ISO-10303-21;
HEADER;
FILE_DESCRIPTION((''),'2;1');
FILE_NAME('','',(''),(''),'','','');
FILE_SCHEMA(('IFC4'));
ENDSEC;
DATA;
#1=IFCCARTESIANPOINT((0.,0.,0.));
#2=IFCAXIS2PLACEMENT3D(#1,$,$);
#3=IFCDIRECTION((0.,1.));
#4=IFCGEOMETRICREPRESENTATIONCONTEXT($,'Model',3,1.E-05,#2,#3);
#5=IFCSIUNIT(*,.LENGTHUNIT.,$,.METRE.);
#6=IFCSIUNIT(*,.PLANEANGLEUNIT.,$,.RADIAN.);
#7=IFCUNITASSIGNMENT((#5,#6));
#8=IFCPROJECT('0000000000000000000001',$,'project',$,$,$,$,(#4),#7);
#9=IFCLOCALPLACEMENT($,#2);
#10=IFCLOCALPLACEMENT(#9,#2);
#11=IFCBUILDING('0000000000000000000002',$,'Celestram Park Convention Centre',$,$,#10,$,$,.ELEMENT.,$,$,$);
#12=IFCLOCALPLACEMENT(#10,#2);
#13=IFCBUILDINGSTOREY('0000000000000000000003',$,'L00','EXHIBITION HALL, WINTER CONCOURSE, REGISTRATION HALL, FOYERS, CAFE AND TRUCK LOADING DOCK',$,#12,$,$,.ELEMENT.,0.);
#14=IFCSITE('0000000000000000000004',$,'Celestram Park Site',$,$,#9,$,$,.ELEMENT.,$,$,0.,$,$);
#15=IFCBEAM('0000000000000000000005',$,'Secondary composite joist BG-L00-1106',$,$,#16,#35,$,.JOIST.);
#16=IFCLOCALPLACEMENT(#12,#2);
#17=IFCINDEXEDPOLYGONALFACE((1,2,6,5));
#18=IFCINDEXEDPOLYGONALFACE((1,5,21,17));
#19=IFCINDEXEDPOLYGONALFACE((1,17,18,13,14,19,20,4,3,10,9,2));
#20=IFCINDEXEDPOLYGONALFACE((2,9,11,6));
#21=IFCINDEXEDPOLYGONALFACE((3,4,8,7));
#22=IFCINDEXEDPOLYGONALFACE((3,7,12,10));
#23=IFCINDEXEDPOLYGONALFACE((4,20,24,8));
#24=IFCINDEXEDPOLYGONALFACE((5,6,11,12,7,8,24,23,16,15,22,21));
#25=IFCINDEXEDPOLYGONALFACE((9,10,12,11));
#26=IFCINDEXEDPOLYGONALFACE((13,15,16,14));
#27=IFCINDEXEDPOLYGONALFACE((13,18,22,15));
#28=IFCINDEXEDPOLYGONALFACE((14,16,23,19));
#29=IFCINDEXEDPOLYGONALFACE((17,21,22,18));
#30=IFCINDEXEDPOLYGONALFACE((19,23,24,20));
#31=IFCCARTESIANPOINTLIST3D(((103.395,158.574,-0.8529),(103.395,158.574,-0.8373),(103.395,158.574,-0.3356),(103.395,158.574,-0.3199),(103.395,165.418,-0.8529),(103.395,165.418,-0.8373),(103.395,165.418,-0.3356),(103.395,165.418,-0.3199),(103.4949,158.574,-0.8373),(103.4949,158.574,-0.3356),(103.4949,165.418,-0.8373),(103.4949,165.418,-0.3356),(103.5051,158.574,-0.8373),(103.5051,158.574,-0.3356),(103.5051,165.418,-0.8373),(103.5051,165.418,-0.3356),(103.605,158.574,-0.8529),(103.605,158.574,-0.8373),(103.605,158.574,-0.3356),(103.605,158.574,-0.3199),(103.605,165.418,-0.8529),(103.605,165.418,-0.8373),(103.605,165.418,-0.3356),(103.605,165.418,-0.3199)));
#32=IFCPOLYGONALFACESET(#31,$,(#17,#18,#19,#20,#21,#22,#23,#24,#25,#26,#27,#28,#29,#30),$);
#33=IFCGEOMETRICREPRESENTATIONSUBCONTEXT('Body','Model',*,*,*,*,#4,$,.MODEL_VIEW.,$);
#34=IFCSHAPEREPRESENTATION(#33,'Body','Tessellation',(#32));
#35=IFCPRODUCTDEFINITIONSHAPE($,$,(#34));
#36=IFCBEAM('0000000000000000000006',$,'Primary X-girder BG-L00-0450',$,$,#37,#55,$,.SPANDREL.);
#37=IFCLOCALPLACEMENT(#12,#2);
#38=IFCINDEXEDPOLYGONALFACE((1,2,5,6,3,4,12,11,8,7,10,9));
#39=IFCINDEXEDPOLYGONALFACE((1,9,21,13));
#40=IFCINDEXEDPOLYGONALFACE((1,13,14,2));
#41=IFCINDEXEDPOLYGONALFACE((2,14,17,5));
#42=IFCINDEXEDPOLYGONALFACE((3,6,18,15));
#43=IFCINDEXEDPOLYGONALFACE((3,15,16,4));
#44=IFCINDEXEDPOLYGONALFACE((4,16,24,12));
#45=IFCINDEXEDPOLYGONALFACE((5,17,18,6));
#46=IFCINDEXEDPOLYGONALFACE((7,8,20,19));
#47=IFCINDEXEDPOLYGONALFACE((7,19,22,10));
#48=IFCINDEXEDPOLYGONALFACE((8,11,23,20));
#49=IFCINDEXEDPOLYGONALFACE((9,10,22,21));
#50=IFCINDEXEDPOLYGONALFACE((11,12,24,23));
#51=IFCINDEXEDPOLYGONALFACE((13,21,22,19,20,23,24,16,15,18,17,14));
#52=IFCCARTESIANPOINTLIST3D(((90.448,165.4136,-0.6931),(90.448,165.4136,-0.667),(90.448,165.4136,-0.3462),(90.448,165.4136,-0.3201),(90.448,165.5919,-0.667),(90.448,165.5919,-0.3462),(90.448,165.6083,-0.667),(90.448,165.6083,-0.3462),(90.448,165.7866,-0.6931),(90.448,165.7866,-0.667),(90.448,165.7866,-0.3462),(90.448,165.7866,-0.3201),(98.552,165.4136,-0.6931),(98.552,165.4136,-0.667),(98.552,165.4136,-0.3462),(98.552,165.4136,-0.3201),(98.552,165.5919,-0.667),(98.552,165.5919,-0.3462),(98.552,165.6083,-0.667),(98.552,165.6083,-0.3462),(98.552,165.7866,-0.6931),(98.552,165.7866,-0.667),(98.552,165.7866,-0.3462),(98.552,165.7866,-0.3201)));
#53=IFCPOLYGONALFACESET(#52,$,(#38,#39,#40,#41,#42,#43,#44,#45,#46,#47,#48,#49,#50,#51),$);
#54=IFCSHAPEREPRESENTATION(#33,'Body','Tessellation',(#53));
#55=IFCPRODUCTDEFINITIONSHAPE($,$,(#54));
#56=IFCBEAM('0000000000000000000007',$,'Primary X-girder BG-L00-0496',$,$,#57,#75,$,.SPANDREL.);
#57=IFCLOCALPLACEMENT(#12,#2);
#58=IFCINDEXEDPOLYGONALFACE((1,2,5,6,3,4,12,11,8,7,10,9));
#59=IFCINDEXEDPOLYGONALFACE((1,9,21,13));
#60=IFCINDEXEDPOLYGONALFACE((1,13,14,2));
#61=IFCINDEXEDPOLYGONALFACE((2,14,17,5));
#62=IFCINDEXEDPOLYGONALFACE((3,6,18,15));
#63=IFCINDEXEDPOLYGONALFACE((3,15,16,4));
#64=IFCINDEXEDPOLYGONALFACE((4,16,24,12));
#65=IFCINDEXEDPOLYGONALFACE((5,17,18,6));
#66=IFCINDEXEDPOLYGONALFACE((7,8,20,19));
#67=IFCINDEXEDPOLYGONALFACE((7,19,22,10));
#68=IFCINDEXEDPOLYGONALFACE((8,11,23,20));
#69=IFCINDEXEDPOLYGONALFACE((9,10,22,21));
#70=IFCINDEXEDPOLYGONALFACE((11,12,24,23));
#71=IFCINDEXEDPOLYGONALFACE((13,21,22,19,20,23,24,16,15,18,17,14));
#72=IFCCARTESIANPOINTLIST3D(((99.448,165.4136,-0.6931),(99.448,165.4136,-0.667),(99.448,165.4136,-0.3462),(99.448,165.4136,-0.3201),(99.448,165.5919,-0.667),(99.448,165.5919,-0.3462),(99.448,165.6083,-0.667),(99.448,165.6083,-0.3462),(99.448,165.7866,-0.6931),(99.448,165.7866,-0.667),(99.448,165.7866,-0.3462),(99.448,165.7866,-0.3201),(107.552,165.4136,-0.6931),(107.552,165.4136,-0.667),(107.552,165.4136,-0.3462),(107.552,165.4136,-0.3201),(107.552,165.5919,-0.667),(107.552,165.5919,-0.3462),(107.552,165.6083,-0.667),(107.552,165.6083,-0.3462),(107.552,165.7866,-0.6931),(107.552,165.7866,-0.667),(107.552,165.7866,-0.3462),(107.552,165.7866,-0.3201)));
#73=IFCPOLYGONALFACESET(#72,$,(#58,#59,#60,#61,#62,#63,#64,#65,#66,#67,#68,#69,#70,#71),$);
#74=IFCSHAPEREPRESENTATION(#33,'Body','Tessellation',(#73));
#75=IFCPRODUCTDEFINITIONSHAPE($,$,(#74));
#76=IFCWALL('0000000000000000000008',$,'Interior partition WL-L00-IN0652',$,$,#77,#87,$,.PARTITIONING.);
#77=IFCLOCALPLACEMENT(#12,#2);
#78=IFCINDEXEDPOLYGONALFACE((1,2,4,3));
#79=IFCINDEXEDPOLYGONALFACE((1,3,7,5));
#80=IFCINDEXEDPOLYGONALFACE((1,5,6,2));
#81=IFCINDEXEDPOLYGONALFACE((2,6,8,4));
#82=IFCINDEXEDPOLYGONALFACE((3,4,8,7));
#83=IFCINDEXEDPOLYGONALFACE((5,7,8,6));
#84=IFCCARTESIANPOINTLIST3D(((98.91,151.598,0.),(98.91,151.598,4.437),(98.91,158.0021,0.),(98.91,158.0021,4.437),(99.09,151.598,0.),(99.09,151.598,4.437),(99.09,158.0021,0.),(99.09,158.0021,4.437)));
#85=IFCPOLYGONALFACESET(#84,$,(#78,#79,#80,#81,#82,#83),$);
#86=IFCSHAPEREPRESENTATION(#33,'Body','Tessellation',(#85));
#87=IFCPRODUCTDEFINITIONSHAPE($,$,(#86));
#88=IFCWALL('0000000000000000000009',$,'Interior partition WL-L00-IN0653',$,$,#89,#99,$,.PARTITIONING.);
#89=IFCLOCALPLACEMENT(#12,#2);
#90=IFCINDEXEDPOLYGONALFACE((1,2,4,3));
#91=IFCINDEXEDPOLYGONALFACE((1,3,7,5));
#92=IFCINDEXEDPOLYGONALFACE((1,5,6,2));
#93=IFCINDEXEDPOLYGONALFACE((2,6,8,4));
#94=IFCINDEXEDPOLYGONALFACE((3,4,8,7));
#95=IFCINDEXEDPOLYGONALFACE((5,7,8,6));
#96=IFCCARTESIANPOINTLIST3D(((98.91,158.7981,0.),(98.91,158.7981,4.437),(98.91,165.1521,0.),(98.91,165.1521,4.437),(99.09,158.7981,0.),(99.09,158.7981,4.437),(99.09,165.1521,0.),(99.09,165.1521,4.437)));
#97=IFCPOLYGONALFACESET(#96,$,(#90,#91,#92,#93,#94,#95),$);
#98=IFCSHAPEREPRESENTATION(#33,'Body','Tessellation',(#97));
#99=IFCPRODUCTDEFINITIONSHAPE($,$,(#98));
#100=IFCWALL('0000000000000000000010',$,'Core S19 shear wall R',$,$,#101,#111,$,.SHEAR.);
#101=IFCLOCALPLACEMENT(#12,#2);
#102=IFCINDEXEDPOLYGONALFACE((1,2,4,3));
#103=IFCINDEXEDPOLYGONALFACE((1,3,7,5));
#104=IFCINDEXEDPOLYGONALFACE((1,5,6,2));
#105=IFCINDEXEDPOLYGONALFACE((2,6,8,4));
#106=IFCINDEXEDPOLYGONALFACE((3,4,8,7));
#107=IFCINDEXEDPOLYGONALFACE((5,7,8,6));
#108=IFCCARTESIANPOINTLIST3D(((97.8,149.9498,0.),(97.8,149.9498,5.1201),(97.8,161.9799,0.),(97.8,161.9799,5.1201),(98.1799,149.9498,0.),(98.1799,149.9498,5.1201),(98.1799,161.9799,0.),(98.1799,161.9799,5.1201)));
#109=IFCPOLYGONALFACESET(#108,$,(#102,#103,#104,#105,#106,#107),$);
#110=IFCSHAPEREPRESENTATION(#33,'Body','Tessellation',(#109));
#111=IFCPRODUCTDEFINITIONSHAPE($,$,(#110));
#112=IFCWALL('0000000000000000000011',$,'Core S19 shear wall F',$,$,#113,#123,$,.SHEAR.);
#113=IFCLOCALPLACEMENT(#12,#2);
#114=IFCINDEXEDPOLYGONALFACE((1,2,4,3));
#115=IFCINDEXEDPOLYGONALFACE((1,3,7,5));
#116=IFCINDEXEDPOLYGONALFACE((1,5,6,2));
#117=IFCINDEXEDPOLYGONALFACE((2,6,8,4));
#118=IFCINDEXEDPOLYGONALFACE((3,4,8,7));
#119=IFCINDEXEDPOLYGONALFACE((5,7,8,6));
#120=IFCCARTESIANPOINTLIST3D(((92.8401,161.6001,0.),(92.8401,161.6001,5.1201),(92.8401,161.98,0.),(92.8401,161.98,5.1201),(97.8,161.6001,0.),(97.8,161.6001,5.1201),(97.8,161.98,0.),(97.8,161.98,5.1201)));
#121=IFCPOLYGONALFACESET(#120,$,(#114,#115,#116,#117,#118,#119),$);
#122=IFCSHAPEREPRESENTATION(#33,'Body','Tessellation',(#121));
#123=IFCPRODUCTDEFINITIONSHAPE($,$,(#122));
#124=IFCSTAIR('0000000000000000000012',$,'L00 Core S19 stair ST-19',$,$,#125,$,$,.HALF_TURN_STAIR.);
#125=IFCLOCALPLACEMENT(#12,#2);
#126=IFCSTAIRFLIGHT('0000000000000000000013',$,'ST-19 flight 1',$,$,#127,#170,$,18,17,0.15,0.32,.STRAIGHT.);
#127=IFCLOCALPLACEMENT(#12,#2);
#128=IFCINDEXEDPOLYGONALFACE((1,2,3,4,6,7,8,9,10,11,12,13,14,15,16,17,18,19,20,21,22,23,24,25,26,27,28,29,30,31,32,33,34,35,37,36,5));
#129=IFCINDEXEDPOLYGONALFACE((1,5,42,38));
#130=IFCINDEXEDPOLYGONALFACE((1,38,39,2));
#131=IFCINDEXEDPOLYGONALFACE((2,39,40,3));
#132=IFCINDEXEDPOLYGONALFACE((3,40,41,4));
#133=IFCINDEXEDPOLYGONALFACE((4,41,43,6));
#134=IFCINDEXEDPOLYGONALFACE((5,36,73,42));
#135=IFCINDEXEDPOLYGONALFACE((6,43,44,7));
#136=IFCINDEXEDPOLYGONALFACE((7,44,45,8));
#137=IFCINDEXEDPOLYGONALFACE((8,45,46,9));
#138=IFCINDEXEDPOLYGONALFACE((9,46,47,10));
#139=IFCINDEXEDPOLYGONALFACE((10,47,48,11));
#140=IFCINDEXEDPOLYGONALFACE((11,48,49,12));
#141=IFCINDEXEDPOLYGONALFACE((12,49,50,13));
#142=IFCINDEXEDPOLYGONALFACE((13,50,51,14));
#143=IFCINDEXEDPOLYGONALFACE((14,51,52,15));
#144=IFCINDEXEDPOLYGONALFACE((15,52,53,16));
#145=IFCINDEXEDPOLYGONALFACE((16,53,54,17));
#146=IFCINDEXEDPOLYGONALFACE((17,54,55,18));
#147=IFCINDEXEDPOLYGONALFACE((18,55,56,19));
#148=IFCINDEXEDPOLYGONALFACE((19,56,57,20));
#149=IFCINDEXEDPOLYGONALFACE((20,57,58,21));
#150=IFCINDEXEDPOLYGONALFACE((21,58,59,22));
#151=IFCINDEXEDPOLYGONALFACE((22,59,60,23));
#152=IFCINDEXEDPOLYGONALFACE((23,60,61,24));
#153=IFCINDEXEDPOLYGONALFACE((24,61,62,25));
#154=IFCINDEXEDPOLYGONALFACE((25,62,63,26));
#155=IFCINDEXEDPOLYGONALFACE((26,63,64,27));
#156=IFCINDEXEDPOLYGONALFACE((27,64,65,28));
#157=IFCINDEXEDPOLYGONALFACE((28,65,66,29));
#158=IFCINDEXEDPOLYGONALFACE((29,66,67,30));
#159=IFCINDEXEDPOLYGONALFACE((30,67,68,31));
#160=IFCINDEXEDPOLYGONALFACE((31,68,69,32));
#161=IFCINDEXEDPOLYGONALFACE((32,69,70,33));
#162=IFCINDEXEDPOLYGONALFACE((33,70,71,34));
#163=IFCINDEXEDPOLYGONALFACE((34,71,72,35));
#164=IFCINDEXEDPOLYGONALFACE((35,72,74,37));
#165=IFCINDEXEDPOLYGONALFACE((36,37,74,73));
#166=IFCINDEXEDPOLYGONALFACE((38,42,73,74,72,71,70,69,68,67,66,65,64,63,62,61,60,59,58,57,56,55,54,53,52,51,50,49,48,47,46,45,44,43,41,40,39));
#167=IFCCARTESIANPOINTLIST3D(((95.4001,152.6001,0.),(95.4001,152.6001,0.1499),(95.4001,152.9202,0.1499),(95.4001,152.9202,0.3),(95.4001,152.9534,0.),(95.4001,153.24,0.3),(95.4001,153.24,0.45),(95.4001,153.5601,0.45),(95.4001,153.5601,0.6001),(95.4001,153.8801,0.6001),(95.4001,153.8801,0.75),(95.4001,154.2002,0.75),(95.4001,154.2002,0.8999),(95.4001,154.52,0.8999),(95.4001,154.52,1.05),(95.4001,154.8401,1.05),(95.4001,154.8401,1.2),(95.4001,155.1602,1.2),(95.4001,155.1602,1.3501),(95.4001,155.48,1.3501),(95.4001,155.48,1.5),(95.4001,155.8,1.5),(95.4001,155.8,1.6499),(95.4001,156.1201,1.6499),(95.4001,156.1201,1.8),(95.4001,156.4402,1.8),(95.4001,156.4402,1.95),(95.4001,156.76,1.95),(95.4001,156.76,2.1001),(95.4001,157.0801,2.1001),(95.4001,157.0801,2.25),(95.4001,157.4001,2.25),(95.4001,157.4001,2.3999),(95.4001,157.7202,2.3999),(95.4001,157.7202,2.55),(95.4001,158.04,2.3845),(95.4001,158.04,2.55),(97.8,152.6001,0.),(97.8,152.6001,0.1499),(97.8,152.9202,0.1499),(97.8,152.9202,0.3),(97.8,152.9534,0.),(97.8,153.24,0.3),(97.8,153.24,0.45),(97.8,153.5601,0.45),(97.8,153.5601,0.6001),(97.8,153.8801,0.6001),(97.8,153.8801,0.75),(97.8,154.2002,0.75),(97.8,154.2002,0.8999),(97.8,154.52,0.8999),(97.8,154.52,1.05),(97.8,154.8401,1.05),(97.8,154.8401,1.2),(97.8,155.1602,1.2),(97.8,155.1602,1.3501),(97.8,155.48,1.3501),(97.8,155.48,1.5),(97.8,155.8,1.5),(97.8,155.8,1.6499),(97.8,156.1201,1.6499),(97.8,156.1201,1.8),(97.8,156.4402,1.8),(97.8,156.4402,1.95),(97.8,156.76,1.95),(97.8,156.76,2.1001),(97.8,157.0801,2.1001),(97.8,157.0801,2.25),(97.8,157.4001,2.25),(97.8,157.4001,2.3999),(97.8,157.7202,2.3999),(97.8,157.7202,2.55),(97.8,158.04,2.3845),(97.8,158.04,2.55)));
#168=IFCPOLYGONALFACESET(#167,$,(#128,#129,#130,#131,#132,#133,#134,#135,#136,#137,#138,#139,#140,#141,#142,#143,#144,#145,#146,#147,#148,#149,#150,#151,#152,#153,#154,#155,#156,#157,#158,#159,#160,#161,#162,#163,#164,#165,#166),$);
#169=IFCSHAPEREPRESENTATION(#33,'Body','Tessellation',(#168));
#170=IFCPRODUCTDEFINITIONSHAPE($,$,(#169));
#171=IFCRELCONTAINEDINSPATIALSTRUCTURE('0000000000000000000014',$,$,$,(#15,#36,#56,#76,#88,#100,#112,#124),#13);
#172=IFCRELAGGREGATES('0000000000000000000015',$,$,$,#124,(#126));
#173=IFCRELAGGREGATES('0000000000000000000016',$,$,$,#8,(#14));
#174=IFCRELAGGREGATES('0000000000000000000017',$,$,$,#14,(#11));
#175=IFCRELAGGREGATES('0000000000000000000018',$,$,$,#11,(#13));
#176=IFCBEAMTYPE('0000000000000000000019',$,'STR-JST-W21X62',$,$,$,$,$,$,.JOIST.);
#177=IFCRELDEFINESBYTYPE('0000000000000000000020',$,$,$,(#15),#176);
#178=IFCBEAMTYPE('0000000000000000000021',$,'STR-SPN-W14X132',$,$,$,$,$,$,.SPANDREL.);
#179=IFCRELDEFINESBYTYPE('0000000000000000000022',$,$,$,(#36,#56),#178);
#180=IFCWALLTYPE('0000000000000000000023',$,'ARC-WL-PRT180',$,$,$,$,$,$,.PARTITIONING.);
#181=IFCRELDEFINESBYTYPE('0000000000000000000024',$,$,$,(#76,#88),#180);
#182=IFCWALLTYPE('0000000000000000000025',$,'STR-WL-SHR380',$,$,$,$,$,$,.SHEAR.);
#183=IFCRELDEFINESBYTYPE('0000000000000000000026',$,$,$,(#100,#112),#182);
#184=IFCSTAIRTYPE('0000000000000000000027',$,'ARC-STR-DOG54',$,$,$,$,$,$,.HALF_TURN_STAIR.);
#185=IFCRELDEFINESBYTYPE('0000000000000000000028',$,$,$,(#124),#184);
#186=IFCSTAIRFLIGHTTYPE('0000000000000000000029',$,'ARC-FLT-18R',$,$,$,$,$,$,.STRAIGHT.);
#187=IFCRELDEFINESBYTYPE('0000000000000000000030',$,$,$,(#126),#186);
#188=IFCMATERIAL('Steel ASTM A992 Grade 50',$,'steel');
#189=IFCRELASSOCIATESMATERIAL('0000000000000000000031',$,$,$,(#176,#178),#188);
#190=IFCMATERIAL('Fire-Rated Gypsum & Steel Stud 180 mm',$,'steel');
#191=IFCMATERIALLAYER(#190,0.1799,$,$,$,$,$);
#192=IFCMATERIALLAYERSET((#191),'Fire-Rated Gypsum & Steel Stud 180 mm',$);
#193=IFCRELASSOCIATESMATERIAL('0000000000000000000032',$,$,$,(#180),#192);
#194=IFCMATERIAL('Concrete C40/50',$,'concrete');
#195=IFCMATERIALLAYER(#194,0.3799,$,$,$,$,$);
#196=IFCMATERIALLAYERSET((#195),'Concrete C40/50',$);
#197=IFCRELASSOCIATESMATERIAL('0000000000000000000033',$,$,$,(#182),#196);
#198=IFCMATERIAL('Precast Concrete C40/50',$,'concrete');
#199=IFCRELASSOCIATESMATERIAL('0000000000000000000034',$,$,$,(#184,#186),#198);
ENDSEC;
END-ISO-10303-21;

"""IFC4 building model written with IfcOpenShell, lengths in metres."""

from ifc_helpers import new_model, si_unit, direction, frame, frame_2d, origin, origin_2d, place, context, subcontext, project, spatial, polyline, rectangle, i_section, outline, extrude, material, layer, layer_set, material_profile, profile_set, type_object, element, aggregate, save


model = new_model("IFC4")

# Units and contexts
model_context = context("Model", 3, precision=1e-05, world=origin(), true_north=direction((0.0, 1.0)))
body_context = subcontext(model_context, "Body", "Model", "MODEL_VIEW")
ifc_project = project(units=[si_unit("LENGTHUNIT", "METRE"), si_unit("PLANEANGLEUNIT", "RADIAN")], contexts=[model_context])

# Site, building, storey
site_placement = place(None, origin())
site = spatial("IfcSite", under=ifc_project, at=site_placement, Name="Celestram Park Site", CompositionType="ELEMENT", RefElevation=0.0)
building_placement = place(site_placement, origin())
building = spatial("IfcBuilding", under=site, at=building_placement, Name="Celestram Park Convention Centre", CompositionType="ELEMENT")
storey_placement = place(building_placement, origin())
storey = spatial("IfcBuildingStorey", under=building, at=storey_placement, Name="L00", Description="EXHIBITION HALL, WINTER CONCOURSE, REGISTRATION HALL, FOYERS, CAFE AND TRUCK LOADING DOCK", CompositionType="ELEMENT", Elevation=0.0)

# Shared definitions
ifc_material_1 = material(Name="Concrete C40/50", Category="concrete")

# Beams
ifc_material_2 = material(Name="Steel ASTM A992 Grade 50", Category="steel")
ifc_material_profile_1 = material_profile(ifc_material_2, i_section(OverallWidth=0.21, OverallDepth=0.533, WebThickness=0.0103, FlangeThickness=0.0156, at=origin_2d()), Name="W21X62")
ifc_profile_set_1 = profile_set([ifc_material_profile_1], Name="Steel ASTM A992 Grade 50")
beam_type_1 = type_object("IfcBeamType", Name="STR-JST-W21X62", PredefinedType="JOIST", material=ifc_profile_set_1)
beam_1_placement = place(storey_placement, frame((103.5, 158.574, -0.5864), z_axis=(0.0, 1.0, 0.0), x_axis=(-1.0, 0.0, 0.0)))
element("IfcBeam", 1, at=beam_1_placement, inside=storey, type_object=beam_type_1, Name="Secondary composite joist BG-L00-1106", PredefinedType="JOIST", context=body_context, shape_type="SweptSolid", body=[
    extrude(i_section(OverallWidth=0.21, OverallDepth=0.533, WebThickness=0.0103, FlangeThickness=0.0156, at=origin_2d()), origin(), (0.0, 0.0, 1.0), 6.844),
])
ifc_material_profile_2 = material_profile(ifc_material_2, i_section(OverallWidth=0.373, OverallDepth=0.373, WebThickness=0.0164, FlangeThickness=0.0261, at=origin_2d()), Name="W14X132")
ifc_profile_set_2 = profile_set([ifc_material_profile_2], Name="Steel ASTM A992 Grade 50")
beam_type_2 = type_object("IfcBeamType", Name="STR-SPN-W14X132", PredefinedType="SPANDREL", material=ifc_profile_set_2)
for number, where, z_axis, x_axis, name in (
    (2, (90.448, 165.6001, -0.5066), (1.0, 0.0, 0.0), (0.0, 1.0, 0.0), "Primary X-girder BG-L00-0450"),
    (3, (99.448, 165.6001, -0.5066), (1.0, 0.0, 0.0), (0.0, 1.0, 0.0), "Primary X-girder BG-L00-0496"),
):
    element("IfcBeam", number, at=place(storey_placement, frame(where, z_axis=z_axis, x_axis=x_axis)), inside=storey, type_object=beam_type_2, Name=name, PredefinedType="SPANDREL", context=body_context, shape_type="SweptSolid", body=[
        extrude(i_section(OverallWidth=0.373, OverallDepth=0.373, WebThickness=0.0164, FlangeThickness=0.0261, at=origin_2d()), origin(), (0.0, 0.0, 1.0), 8.104),
    ])

# Shared definitions
ifc_material_3 = material(Name="Precast Concrete C40/50", Category="concrete")

# Walls
ifc_material_4 = material(Name="Fire-Rated Gypsum & Steel Stud 180 mm", Category="steel")
ifc_layer_1 = layer(ifc_material_4, 0.1799)
ifc_layer_set_1 = layer_set([ifc_layer_1], Name="Fire-Rated Gypsum & Steel Stud 180 mm")
wall_type_1 = type_object("IfcWallType", Name="ARC-WL-PRT180", PredefinedType="PARTITIONING", material=ifc_layer_set_1)
wall_1_placement = place(storey_placement, frame((99.0, 151.5979, 0.0), z_axis=(0.0, 0.0, 1.0), x_axis=(0.0, 1.0, 0.0)))
element("IfcWall", 4, at=wall_1_placement, inside=storey, type_object=wall_type_1, Name="Interior partition WL-L00-IN0652", PredefinedType="PARTITIONING", context=body_context, shape_type="SweptSolid", body=[
    extrude(rectangle(XDim=6.4041, YDim=0.1799, at=frame_2d((3.2021, 0.0))), origin(), (0.0, 0.0, 1.0), 4.437),
])
wall_2_placement = place(storey_placement, frame((99.0, 158.7981, 0.0), z_axis=(0.0, 0.0, 1.0), x_axis=(0.0, 1.0, 0.0)))
element("IfcWall", 5, at=wall_2_placement, inside=storey, type_object=wall_type_1, Name="Interior partition WL-L00-IN0653", PredefinedType="PARTITIONING", context=body_context, shape_type="SweptSolid", body=[
    extrude(rectangle(XDim=6.354, YDim=0.1799, at=frame_2d((3.177, 0.0))), origin(), (0.0, 0.0, 1.0), 4.437),
])
ifc_layer_2 = layer(ifc_material_1, 0.3799)
ifc_layer_set_2 = layer_set([ifc_layer_2], Name="Concrete C40/50")
wall_type_2 = type_object("IfcWallType", Name="STR-WL-SHR380", PredefinedType="SHEAR", material=ifc_layer_set_2)
wall_3_placement = place(storey_placement, frame((97.99, 161.98, 0.0), z_axis=(0.0, 0.0, 1.0), x_axis=(0.0, -1.0, 0.0)))
element("IfcWall", 6, at=wall_3_placement, inside=storey, type_object=wall_type_2, Name="Core S19 shear wall R", PredefinedType="SHEAR", context=body_context, shape_type="SweptSolid", body=[
    extrude(rectangle(XDim=12.03, YDim=0.3799, at=frame_2d((6.0151, 0.0))), origin(), (0.0, 0.0, 1.0), 5.1201),
])
wall_4_placement = place(storey_placement, frame((92.8401, 161.79, 0.0), z_axis=(0.0, 0.0, 1.0), x_axis=(1.0, 0.0, 0.0)))
element("IfcWall", 7, at=wall_4_placement, inside=storey, type_object=wall_type_2, Name="Core S19 shear wall F", PredefinedType="SHEAR", context=body_context, shape_type="SweptSolid", body=[
    extrude(rectangle(XDim=4.96, YDim=0.3799, at=frame_2d((2.48, 0.0))), origin(), (0.0, 0.0, 1.0), 5.1201),
])

# Stair, stair flight
stair_type = type_object("IfcStairType", Name="ARC-STR-DOG54", PredefinedType="HALF_TURN_STAIR", material=ifc_material_3)
stair_placement = place(storey_placement, origin())
stair = element("IfcStair", 8, at=stair_placement, inside=storey, type_object=stair_type, Name="L00 Core S19 stair ST-19", PredefinedType="HALF_TURN_STAIR")
stair_flight_type = type_object("IfcStairFlightType", Name="ARC-FLT-18R", PredefinedType="STRAIGHT", material=ifc_material_3)
stair_flight_1_placement = place(storey_placement, frame((96.6001, 152.6001, 0.0), z_axis=(0.0, 0.0, 1.0), x_axis=(0.0, 1.0, 0.0)))
stair_flight_1 = element("IfcStairFlight", 9, at=stair_flight_1_placement, type_object=stair_flight_type, Name="ST-19 flight 1", NumberOfRisers=18, NumberOfTreads=17, PredefinedType="STRAIGHT", RiserHeight=0.15, TreadLength=0.32, context=body_context, shape_type="SweptSolid", body=[
    extrude(outline(polyline([(0.0, 0.0), (0.0, 0.1499), (0.3201, 0.1499), (0.3201, 0.3), (0.6399, 0.3), (0.6399, 0.45), (0.96, 0.45), (0.96, 0.6001), (1.28, 0.6001), (1.28, 0.75), (1.6001, 0.75), (1.6001, 0.8999), (1.9199, 0.8999), (1.9199, 1.05), (2.24, 1.05), (2.24, 1.2), (2.5601, 1.2), (2.5601, 1.3501), (2.8799, 1.3501), (2.8799, 1.5), (3.2, 1.5), (3.2, 1.6499), (3.52, 1.6499), (3.52, 1.8), (3.8401, 1.8), (3.8401, 1.95), (4.1599, 1.95), (4.1599, 2.1001), (4.48, 2.1001), (4.48, 2.25), (4.8, 2.25), (4.8, 2.3999), (5.1201, 2.3999), (5.1201, 2.55), (5.4399, 2.55), (5.4399, 2.7), (5.4399, 2.3845), (0.3533, 0.0), (0.0, 0.0)])), frame((0.0, 1.2, 0.0), z_axis=(0.0, -1.0, 0.0), x_axis=(1.0, 0.0, 0.0)), (0.0, 0.0, 1.0), 2.3999),
])
aggregate(stair, [stair_flight_1])

save(model, "model.ifc")
